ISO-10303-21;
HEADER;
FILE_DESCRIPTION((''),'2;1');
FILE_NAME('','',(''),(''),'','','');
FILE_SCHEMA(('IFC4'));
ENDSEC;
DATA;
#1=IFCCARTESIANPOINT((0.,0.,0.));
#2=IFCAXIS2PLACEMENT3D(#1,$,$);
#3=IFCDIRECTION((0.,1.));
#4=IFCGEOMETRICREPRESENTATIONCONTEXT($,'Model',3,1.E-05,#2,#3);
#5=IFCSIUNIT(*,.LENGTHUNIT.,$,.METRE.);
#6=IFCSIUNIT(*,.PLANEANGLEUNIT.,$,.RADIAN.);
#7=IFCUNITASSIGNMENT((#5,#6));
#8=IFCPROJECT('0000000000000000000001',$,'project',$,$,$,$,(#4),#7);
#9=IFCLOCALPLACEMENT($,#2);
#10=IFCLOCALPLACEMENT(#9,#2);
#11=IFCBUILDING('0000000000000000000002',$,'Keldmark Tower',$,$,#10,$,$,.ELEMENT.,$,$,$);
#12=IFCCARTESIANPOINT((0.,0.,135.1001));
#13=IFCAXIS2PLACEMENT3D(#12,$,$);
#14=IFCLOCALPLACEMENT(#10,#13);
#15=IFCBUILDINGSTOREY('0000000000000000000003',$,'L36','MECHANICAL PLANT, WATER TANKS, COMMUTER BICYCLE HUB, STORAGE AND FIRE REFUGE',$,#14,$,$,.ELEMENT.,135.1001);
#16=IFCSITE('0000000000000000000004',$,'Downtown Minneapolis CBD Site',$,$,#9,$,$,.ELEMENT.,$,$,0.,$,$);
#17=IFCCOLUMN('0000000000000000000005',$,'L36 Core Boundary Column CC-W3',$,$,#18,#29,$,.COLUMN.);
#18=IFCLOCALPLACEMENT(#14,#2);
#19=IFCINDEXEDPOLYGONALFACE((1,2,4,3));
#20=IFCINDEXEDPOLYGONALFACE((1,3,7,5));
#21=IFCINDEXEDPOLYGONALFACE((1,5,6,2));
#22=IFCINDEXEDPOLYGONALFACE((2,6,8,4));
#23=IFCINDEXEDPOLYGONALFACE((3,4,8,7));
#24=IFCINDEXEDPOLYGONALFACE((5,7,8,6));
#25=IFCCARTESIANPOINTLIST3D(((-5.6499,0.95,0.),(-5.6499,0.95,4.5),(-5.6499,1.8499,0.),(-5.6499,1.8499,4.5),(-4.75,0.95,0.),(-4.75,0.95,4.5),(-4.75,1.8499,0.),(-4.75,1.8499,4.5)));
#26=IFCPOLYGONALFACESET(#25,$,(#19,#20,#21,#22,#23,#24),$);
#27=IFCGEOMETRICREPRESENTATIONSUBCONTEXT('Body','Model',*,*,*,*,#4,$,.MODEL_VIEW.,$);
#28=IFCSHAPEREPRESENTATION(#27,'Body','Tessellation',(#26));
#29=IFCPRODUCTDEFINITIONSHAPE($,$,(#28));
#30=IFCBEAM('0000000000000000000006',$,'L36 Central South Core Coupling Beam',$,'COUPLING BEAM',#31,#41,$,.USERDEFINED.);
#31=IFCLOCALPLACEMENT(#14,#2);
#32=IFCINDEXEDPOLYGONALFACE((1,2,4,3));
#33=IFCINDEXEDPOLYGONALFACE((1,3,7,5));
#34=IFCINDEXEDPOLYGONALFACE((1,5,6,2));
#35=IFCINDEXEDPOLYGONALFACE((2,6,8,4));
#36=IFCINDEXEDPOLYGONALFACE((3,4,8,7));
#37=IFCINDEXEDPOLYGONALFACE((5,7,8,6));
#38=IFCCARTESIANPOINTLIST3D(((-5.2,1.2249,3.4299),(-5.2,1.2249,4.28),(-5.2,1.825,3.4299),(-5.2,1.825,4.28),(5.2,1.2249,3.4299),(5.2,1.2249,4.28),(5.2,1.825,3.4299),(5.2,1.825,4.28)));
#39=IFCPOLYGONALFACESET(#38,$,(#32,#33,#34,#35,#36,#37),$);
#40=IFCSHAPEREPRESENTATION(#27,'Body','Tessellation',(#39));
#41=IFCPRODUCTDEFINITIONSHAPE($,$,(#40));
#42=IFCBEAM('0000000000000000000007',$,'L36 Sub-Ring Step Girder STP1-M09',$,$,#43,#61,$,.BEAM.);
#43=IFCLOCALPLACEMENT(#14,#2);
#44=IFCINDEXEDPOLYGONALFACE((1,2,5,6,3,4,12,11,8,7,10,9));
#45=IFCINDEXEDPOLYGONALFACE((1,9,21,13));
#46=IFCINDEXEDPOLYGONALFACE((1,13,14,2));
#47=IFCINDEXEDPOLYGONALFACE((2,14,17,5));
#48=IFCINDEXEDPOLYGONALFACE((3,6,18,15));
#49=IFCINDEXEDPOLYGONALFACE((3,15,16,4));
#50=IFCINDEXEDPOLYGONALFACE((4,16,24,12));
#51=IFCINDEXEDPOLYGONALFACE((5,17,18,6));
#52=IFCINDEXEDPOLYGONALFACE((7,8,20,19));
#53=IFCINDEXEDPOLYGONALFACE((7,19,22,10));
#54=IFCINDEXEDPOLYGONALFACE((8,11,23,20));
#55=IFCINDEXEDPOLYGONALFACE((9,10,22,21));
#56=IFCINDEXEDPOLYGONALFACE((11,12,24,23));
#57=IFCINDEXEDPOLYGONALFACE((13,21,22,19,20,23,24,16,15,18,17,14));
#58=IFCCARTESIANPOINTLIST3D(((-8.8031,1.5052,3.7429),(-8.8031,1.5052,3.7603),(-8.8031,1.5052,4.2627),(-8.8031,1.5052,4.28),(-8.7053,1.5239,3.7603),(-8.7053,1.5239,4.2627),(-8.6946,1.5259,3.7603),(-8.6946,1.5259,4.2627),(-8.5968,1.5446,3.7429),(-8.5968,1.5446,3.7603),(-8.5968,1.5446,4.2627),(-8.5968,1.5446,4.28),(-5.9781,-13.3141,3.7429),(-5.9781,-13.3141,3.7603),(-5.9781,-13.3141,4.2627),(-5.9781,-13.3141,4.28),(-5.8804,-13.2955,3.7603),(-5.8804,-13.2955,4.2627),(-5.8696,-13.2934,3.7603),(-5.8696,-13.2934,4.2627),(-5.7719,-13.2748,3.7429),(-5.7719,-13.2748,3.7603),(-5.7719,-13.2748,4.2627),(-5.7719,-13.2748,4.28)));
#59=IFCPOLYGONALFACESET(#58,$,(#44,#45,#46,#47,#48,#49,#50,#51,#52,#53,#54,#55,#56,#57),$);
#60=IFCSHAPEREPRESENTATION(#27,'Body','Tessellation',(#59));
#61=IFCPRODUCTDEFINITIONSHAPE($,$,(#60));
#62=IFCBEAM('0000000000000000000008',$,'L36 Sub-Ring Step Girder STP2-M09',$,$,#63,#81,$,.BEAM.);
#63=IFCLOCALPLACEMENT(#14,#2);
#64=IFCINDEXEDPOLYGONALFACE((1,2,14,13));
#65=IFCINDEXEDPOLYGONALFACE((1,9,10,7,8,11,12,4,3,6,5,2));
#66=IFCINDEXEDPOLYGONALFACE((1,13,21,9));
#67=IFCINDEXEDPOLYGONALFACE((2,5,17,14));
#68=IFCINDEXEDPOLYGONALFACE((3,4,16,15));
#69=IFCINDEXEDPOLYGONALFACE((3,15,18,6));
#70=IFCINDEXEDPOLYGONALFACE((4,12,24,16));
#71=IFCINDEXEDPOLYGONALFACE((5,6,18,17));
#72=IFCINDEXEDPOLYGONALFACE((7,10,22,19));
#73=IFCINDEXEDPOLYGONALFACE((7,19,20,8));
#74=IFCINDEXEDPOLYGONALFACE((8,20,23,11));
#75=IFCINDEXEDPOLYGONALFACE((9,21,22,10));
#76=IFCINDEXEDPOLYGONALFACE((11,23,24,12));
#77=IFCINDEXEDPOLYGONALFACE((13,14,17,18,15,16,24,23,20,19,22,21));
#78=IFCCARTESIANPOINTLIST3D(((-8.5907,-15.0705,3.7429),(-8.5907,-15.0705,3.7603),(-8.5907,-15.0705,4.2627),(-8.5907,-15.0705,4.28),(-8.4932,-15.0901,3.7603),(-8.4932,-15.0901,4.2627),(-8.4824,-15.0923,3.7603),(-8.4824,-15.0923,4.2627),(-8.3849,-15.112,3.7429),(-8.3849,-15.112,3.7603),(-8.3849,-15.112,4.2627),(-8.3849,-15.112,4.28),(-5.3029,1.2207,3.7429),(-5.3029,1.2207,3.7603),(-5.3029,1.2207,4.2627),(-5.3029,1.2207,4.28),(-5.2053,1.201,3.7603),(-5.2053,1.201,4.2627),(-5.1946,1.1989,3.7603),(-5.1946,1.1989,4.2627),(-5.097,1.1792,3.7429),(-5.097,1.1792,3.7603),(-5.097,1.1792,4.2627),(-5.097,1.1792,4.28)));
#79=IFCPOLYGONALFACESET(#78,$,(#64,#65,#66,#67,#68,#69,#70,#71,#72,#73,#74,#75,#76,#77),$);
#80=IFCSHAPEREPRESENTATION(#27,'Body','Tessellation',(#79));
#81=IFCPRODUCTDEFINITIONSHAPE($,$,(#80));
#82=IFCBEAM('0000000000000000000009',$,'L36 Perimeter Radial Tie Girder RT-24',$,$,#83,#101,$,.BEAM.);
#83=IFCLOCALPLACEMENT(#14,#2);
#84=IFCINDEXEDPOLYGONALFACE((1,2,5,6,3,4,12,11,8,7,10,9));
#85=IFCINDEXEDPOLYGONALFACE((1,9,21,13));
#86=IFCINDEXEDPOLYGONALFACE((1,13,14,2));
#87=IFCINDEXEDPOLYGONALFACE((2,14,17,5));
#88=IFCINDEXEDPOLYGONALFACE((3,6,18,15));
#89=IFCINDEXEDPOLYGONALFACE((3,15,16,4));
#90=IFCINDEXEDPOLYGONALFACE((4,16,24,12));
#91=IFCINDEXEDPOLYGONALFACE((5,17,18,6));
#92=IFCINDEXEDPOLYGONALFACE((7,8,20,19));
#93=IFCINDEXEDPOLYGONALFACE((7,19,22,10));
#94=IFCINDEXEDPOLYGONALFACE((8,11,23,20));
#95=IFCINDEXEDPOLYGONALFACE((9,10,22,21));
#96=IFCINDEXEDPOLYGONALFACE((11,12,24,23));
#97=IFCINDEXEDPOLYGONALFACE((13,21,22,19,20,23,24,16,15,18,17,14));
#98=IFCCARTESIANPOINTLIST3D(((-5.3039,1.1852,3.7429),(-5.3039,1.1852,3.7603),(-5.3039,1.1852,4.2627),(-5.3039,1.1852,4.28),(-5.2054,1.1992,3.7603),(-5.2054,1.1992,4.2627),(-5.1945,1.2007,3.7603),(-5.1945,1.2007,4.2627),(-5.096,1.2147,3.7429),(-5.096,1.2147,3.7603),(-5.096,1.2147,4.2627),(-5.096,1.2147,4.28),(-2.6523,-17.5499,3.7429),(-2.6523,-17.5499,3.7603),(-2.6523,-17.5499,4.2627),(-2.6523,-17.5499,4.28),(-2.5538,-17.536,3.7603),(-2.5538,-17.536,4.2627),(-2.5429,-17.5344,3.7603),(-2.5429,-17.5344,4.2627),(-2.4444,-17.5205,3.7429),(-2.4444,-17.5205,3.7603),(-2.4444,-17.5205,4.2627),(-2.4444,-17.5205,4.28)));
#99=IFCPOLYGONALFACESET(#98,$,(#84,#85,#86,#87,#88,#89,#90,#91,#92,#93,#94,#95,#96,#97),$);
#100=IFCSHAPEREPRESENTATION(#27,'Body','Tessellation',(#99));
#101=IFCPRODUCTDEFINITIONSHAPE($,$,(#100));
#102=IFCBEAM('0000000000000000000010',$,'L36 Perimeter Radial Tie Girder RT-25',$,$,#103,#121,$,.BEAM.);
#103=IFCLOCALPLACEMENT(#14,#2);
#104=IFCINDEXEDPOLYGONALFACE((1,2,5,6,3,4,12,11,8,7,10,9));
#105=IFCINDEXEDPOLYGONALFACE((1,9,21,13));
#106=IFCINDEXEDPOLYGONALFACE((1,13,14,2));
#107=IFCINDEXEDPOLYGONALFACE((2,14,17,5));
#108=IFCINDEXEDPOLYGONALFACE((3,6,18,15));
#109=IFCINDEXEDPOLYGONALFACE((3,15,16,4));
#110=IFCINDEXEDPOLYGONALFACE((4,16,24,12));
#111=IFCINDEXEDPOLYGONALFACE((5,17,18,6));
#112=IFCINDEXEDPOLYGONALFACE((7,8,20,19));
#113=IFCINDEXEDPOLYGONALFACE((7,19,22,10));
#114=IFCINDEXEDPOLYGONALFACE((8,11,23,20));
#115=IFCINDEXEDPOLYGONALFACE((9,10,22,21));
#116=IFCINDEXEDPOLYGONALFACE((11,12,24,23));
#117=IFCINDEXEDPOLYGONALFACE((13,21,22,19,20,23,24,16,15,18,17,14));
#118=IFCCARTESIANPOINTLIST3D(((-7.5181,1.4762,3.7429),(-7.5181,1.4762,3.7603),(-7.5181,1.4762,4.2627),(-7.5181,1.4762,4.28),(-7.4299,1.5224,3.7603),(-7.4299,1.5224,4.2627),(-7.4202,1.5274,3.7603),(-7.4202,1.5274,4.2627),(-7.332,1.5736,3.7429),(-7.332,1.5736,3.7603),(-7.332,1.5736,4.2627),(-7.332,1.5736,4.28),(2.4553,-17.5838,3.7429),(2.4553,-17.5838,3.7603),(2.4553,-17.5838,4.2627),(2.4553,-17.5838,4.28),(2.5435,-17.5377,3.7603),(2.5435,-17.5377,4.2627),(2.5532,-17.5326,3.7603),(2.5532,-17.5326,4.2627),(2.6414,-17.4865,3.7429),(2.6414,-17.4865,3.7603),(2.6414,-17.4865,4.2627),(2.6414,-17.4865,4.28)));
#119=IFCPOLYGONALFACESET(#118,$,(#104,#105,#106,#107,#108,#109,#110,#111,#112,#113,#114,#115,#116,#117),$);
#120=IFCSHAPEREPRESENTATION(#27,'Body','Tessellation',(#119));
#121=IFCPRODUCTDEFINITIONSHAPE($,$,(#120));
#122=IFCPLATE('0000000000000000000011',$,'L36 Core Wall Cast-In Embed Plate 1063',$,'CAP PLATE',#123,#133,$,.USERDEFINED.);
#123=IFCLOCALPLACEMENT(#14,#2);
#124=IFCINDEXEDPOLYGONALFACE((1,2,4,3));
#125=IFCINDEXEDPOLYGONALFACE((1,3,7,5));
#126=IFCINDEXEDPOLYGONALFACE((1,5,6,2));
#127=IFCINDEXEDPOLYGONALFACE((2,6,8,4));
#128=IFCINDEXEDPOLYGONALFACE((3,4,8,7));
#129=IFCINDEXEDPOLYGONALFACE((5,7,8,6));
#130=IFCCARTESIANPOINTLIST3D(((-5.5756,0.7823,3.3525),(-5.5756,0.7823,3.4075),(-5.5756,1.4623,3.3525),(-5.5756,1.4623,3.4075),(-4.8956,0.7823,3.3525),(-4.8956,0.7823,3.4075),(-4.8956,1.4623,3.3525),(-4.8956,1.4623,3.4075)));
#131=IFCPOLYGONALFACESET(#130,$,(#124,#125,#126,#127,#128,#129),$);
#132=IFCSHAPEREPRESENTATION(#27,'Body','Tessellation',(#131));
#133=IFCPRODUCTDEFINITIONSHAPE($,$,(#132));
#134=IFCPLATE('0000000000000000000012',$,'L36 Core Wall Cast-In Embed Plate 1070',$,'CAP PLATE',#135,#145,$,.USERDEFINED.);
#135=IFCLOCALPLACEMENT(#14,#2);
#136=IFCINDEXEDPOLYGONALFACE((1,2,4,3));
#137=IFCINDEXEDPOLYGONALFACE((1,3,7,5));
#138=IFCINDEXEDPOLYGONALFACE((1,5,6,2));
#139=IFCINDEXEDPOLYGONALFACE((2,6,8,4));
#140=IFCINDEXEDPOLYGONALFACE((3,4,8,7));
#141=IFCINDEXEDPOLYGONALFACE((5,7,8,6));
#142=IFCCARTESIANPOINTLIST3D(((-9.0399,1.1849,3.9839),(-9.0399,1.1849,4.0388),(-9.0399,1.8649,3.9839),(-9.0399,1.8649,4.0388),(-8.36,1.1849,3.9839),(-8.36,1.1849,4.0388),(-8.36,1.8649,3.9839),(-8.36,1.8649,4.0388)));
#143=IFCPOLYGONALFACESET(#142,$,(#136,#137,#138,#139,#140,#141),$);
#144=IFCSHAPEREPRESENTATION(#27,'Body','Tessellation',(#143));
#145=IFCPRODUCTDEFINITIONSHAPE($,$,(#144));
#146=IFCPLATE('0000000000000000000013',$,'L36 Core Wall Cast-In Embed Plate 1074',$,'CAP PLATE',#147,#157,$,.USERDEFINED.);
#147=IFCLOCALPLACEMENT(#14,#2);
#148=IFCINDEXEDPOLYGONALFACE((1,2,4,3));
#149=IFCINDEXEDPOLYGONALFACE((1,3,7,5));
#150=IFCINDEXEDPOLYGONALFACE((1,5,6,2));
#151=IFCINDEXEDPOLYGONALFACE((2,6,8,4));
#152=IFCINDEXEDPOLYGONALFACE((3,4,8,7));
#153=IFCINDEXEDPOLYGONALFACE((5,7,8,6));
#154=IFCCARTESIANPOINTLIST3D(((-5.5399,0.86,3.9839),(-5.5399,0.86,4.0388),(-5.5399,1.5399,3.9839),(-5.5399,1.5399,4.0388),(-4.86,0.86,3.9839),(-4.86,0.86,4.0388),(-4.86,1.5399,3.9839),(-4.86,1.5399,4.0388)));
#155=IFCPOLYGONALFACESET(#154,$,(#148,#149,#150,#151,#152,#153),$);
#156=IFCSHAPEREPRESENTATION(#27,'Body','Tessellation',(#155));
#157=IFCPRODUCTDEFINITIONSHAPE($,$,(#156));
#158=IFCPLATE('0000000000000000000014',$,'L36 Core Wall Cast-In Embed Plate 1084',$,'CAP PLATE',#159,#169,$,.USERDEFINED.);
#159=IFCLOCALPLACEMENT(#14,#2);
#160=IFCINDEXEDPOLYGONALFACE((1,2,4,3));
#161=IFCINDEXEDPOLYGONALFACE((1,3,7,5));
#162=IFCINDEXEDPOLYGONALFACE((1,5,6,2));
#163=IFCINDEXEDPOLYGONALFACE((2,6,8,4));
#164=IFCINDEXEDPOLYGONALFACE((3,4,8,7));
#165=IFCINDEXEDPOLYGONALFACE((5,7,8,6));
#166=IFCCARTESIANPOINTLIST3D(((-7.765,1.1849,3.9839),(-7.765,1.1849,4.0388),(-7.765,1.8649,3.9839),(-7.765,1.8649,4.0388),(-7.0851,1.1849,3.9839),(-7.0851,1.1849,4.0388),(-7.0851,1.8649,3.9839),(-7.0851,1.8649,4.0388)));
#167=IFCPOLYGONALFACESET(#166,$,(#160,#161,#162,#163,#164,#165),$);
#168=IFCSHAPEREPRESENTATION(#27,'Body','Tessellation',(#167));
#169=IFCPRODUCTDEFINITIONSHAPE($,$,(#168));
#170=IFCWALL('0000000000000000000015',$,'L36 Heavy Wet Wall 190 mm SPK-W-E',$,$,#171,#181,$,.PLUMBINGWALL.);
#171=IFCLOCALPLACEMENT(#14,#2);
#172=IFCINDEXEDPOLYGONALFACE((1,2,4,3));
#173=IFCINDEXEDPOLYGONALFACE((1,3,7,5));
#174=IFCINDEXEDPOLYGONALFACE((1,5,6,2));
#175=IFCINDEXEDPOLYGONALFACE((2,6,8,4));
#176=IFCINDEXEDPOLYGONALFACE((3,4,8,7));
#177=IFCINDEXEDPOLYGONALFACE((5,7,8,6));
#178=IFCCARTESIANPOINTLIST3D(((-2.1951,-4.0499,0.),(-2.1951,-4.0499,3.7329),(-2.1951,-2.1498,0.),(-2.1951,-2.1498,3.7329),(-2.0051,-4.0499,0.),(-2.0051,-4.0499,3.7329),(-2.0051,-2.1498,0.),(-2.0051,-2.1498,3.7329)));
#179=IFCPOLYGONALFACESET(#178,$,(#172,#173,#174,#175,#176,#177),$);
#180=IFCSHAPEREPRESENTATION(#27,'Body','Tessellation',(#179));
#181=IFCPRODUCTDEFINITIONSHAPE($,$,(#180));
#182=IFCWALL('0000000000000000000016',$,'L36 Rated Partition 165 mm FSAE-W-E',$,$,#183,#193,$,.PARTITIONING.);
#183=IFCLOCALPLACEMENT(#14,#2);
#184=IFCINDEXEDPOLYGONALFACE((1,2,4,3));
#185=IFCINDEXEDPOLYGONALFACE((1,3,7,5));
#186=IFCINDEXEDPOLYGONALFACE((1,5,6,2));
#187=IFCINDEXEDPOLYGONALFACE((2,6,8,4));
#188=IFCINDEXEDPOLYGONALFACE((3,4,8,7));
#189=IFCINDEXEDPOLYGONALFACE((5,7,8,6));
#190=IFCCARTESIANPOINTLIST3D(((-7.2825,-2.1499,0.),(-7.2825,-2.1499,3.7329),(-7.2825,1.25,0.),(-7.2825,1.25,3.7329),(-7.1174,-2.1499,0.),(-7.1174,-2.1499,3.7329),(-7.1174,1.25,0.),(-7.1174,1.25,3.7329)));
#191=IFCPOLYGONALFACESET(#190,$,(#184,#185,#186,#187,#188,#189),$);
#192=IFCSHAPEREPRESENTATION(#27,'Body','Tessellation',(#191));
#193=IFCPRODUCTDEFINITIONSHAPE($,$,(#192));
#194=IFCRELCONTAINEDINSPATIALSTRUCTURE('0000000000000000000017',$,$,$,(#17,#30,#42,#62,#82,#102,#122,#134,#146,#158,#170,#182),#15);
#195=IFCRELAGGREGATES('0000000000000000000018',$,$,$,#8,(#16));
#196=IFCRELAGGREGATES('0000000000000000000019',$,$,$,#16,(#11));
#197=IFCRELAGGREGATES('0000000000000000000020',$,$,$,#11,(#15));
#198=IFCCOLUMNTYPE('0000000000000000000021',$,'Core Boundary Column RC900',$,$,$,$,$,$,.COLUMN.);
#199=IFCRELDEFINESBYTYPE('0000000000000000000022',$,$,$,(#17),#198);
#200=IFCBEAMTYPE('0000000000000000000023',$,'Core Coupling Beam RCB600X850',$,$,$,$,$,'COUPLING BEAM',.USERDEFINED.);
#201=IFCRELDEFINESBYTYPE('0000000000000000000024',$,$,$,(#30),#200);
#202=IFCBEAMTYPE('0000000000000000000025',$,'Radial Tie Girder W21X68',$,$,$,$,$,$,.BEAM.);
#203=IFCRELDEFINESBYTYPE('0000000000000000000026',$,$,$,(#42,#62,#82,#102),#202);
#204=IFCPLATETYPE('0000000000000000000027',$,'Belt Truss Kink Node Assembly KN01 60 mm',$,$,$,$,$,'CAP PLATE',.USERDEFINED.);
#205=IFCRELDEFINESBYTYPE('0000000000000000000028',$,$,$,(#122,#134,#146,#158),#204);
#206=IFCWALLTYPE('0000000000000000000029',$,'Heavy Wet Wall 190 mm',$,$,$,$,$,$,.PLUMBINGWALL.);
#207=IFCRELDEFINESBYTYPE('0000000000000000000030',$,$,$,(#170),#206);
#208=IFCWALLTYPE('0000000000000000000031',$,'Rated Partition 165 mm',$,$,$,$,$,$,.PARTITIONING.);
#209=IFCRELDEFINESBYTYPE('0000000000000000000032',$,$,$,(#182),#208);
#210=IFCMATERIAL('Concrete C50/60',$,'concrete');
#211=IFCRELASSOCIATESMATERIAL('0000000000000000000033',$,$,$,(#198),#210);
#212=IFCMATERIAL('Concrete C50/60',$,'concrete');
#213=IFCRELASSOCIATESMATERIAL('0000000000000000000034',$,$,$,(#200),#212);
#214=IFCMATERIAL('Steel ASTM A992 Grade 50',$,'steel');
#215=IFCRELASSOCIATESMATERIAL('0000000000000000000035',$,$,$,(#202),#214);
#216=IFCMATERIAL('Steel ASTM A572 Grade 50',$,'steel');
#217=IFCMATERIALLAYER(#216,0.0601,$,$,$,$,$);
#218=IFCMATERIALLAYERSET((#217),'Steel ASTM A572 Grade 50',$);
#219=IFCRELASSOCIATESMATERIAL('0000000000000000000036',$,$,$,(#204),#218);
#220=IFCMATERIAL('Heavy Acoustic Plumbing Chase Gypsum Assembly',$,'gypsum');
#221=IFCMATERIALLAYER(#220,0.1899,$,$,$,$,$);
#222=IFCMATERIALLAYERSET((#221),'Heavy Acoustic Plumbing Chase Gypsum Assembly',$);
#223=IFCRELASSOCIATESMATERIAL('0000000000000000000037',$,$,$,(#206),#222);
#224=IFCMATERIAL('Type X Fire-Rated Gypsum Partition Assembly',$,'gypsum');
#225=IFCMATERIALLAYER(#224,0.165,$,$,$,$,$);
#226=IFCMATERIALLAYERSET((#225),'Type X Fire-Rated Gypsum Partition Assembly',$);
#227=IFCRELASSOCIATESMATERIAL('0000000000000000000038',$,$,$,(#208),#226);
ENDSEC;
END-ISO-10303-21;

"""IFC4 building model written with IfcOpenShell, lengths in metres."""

from ifc_helpers import new_model, si_unit, direction, frame, frame_2d, origin, origin_2d, place, context, subcontext, project, spatial, rectangle, i_section, extrude, material, layer, layer_set, material_profile, profile_set, type_object, element, save


model = new_model("IFC4")

# Units and contexts
model_context = context("Model", 3, precision=1e-05, world=origin(), true_north=direction((0.0, 1.0)))
body_context = subcontext(model_context, "Body", "Model", "MODEL_VIEW")
ifc_project = project(units=[si_unit("LENGTHUNIT", "METRE"), si_unit("PLANEANGLEUNIT", "RADIAN")], contexts=[model_context])

# Site, building, storey
site_placement = place(None, origin())
site = spatial("IfcSite", under=ifc_project, at=site_placement, Name="Downtown Minneapolis CBD Site", CompositionType="ELEMENT", RefElevation=0.0)
building_placement = place(site_placement, origin())
building = spatial("IfcBuilding", under=site, at=building_placement, Name="Keldmark Tower", CompositionType="ELEMENT")
storey_placement = place(building_placement, frame((0.0, 0.0, 135.1001)))
storey = spatial("IfcBuildingStorey", under=building, at=storey_placement, Name="L36", Description="MECHANICAL PLANT, WATER TANKS, COMMUTER BICYCLE HUB, STORAGE AND FIRE REFUGE", CompositionType="ELEMENT", Elevation=135.1001)

# Column
ifc_material_1 = material(Name="Concrete C50/60", Category="concrete")
ifc_material_profile_1 = material_profile(ifc_material_1, rectangle(XDim=0.8999, YDim=0.8999, at=origin_2d()), Name="RC900X900")
ifc_profile_set_1 = profile_set([ifc_material_profile_1], Name="Concrete C50/60")
column_type = type_object("IfcColumnType", Name="Core Boundary Column RC900", PredefinedType="COLUMN", material=ifc_profile_set_1)
column_placement = place(storey_placement, frame((-5.2, 1.3999, 0.0), z_axis=(0.0, 0.0, 1.0), x_axis=(1.0, 0.0, 0.0)))
element("IfcColumn", 1, at=column_placement, inside=storey, type_object=column_type, Name="L36 Core Boundary Column CC-W3", PredefinedType="COLUMN", context=body_context, shape_type="SweptSolid", body=[
    extrude(rectangle(XDim=0.8999, YDim=0.8999, at=origin_2d()), origin(), (0.0, 0.0, 1.0), 4.5),
])

# Beams
ifc_material_2 = material(Name="Concrete C50/60", Category="concrete")
ifc_material_profile_2 = material_profile(ifc_material_2, rectangle(XDim=0.6001, YDim=0.8501, at=origin_2d()), Name="RCB600X850")
ifc_profile_set_2 = profile_set([ifc_material_profile_2], Name="Concrete C50/60")
beam_type_1 = type_object("IfcBeamType", Name="Core Coupling Beam RCB600X850", ElementType="COUPLING BEAM", PredefinedType="USERDEFINED", material=ifc_profile_set_2)
beam_1_placement = place(storey_placement, frame((-5.2, 1.5249, 3.855), z_axis=(1.0, 0.0, 0.0), x_axis=(0.0, 1.0, 0.0)))
element("IfcBeam", 2, at=beam_1_placement, inside=storey, type_object=beam_type_1, Name="L36 Central South Core Coupling Beam", ObjectType="COUPLING BEAM", PredefinedType="USERDEFINED", context=body_context, shape_type="SweptSolid", body=[
    extrude(rectangle(XDim=0.6001, YDim=0.8501, at=origin_2d()), origin(), (0.0, 0.0, 1.0), 10.3999),
])
ifc_material_3 = material(Name="Steel ASTM A992 Grade 50", Category="steel")
ifc_material_profile_3 = material_profile(ifc_material_3, i_section(OverallWidth=0.21, OverallDepth=0.5371, WebThickness=0.011, FlangeThickness=0.0173, at=origin_2d()), Name="W21X68")
ifc_profile_set_3 = profile_set([ifc_material_profile_3], Name="Steel ASTM A992 Grade 50")
beam_type_2 = type_object("IfcBeamType", Name="Radial Tie Girder W21X68", PredefinedType="BEAM", material=ifc_profile_set_3)
beam_2_placement = place(storey_placement, frame((-8.7, 1.5249, 4.0115), z_axis=(0.187254, -0.982312, 0.0), x_axis=(0.982312, 0.187254, 0.0)))
element("IfcBeam", 3, at=beam_2_placement, inside=storey, type_object=beam_type_2, Name="L36 Sub-Ring Step Girder STP1-M09", PredefinedType="BEAM", context=body_context, shape_type="SweptSolid", body=[
    extrude(i_section(OverallWidth=0.21, OverallDepth=0.5371, WebThickness=0.011, FlangeThickness=0.0173, at=origin_2d()), origin(), (0.0, 0.0, 1.0), 15.0862),
])
beam_3_placement = place(storey_placement, frame((-5.2, 1.2, 4.0115), z_axis=(-0.197828, -0.980237, 0.0), x_axis=(0.980237, -0.197828, 0.0)))
element("IfcBeam", 4, at=beam_3_placement, inside=storey, type_object=beam_type_2, Name="L36 Sub-Ring Step Girder STP2-M09", PredefinedType="BEAM", context=body_context, shape_type="SweptSolid", body=[
    extrude(i_section(OverallWidth=0.21, OverallDepth=0.5371, WebThickness=0.011, FlangeThickness=0.0173, at=origin_2d()), origin(), (0.0, 0.0, 1.0), 16.6196),
])
beam_4_placement = place(storey_placement, frame((-5.2, 1.2, 4.0115), z_axis=(0.140135, -0.990132, 0.0), x_axis=(0.990132, 0.140135, 0.0)))
element("IfcBeam", 5, at=beam_4_placement, inside=storey, type_object=beam_type_2, Name="L36 Perimeter Radial Tie Girder RT-24", PredefinedType="BEAM", context=body_context, shape_type="SweptSolid", body=[
    extrude(i_section(OverallWidth=0.21, OverallDepth=0.5371, WebThickness=0.011, FlangeThickness=0.0173, at=origin_2d()), origin(), (0.0, 0.0, 1.0), 18.9219),
])
beam_5_placement = place(storey_placement, frame((-7.425, 1.5249, 4.0115), z_axis=(0.463626, -0.886031, 0.0), x_axis=(0.886031, 0.463626, 0.0)))
element("IfcBeam", 6, at=beam_5_placement, inside=storey, type_object=beam_type_2, Name="L36 Perimeter Radial Tie Girder RT-25", PredefinedType="BEAM", context=body_context, shape_type="SweptSolid", body=[
    extrude(i_section(OverallWidth=0.21, OverallDepth=0.5371, WebThickness=0.011, FlangeThickness=0.0173, at=origin_2d()), origin(), (0.0, 0.0, 1.0), 21.5117),
])

# Plates
ifc_material_4 = material(Name="Steel ASTM A572 Grade 50", Category="steel")
ifc_layer_1 = layer(ifc_material_4, 0.0601)
ifc_layer_set_1 = layer_set([ifc_layer_1], Name="Steel ASTM A572 Grade 50")
plate_type = type_object("IfcPlateType", Name="Belt Truss Kink Node Assembly KN01 60 mm", ElementType="CAP PLATE", PredefinedType="USERDEFINED", material=ifc_layer_set_1)
for number, where, z_axis, x_axis, name in (
    (7, (-5.2356, 1.1223, 3.3525), (0.0, 0.0, 1.0), (1.0, 0.0, 0.0), "L36 Core Wall Cast-In Embed Plate 1063"),
    (8, (-8.7, 1.5249, 3.9839), (0.0, 0.0, 1.0), (1.0, 0.0, 0.0), "L36 Core Wall Cast-In Embed Plate 1070"),
    (9, (-5.2, 1.2, 3.9839), (0.0, 0.0, 1.0), (1.0, 0.0, 0.0), "L36 Core Wall Cast-In Embed Plate 1074"),
    (10, (-7.425, 1.5249, 3.9839), (0.0, 0.0, 1.0), (1.0, 0.0, 0.0), "L36 Core Wall Cast-In Embed Plate 1084"),
):
    element("IfcPlate", number, at=place(storey_placement, frame(where, z_axis=z_axis, x_axis=x_axis)), inside=storey, type_object=plate_type, Name=name, ObjectType="CAP PLATE", PredefinedType="USERDEFINED", context=body_context, shape_type="SweptSolid", body=[
        extrude(rectangle(XDim=0.6799, YDim=0.6799, at=origin_2d()), origin(), (0.0, 0.0, 1.0), 0.0549),
    ])

# Walls
ifc_material_5 = material(Name="Heavy Acoustic Plumbing Chase Gypsum Assembly", Category="gypsum")
ifc_layer_2 = layer(ifc_material_5, 0.1899)
ifc_layer_set_2 = layer_set([ifc_layer_2], Name="Heavy Acoustic Plumbing Chase Gypsum Assembly")
wall_type_1 = type_object("IfcWallType", Name="Heavy Wet Wall 190 mm", PredefinedType="PLUMBINGWALL", material=ifc_layer_set_2)
wall_1_placement = place(storey_placement, frame((-2.1001, -4.05, 0.0), z_axis=(0.0, 0.0, 1.0), x_axis=(0.0, 1.0, 0.0)))
element("IfcWall", 11, at=wall_1_placement, inside=storey, type_object=wall_type_1, Name="L36 Heavy Wet Wall 190 mm SPK-W-E", PredefinedType="PLUMBINGWALL", context=body_context, shape_type="SweptSolid", body=[
    extrude(rectangle(XDim=1.9001, YDim=0.1899, at=frame_2d((0.9502, 0.0))), origin(), (0.0, 0.0, 1.0), 3.7329),
])
ifc_material_6 = material(Name="Type X Fire-Rated Gypsum Partition Assembly", Category="gypsum")
ifc_layer_3 = layer(ifc_material_6, 0.165)
ifc_layer_set_3 = layer_set([ifc_layer_3], Name="Type X Fire-Rated Gypsum Partition Assembly")
wall_type_2 = type_object("IfcWallType", Name="Rated Partition 165 mm", PredefinedType="PARTITIONING", material=ifc_layer_set_3)
wall_2_placement = place(storey_placement, frame((-7.2, -2.1499, 0.0), z_axis=(0.0, 0.0, 1.0), x_axis=(0.0, 1.0, 0.0)))
element("IfcWall", 12, at=wall_2_placement, inside=storey, type_object=wall_type_2, Name="L36 Rated Partition 165 mm FSAE-W-E", PredefinedType="PARTITIONING", context=body_context, shape_type="SweptSolid", body=[
    extrude(rectangle(XDim=3.3999, YDim=0.165, at=frame_2d((1.7, 0.0))), origin(), (0.0, 0.0, 1.0), 3.7329),
])

save(model, "model.ifc")
